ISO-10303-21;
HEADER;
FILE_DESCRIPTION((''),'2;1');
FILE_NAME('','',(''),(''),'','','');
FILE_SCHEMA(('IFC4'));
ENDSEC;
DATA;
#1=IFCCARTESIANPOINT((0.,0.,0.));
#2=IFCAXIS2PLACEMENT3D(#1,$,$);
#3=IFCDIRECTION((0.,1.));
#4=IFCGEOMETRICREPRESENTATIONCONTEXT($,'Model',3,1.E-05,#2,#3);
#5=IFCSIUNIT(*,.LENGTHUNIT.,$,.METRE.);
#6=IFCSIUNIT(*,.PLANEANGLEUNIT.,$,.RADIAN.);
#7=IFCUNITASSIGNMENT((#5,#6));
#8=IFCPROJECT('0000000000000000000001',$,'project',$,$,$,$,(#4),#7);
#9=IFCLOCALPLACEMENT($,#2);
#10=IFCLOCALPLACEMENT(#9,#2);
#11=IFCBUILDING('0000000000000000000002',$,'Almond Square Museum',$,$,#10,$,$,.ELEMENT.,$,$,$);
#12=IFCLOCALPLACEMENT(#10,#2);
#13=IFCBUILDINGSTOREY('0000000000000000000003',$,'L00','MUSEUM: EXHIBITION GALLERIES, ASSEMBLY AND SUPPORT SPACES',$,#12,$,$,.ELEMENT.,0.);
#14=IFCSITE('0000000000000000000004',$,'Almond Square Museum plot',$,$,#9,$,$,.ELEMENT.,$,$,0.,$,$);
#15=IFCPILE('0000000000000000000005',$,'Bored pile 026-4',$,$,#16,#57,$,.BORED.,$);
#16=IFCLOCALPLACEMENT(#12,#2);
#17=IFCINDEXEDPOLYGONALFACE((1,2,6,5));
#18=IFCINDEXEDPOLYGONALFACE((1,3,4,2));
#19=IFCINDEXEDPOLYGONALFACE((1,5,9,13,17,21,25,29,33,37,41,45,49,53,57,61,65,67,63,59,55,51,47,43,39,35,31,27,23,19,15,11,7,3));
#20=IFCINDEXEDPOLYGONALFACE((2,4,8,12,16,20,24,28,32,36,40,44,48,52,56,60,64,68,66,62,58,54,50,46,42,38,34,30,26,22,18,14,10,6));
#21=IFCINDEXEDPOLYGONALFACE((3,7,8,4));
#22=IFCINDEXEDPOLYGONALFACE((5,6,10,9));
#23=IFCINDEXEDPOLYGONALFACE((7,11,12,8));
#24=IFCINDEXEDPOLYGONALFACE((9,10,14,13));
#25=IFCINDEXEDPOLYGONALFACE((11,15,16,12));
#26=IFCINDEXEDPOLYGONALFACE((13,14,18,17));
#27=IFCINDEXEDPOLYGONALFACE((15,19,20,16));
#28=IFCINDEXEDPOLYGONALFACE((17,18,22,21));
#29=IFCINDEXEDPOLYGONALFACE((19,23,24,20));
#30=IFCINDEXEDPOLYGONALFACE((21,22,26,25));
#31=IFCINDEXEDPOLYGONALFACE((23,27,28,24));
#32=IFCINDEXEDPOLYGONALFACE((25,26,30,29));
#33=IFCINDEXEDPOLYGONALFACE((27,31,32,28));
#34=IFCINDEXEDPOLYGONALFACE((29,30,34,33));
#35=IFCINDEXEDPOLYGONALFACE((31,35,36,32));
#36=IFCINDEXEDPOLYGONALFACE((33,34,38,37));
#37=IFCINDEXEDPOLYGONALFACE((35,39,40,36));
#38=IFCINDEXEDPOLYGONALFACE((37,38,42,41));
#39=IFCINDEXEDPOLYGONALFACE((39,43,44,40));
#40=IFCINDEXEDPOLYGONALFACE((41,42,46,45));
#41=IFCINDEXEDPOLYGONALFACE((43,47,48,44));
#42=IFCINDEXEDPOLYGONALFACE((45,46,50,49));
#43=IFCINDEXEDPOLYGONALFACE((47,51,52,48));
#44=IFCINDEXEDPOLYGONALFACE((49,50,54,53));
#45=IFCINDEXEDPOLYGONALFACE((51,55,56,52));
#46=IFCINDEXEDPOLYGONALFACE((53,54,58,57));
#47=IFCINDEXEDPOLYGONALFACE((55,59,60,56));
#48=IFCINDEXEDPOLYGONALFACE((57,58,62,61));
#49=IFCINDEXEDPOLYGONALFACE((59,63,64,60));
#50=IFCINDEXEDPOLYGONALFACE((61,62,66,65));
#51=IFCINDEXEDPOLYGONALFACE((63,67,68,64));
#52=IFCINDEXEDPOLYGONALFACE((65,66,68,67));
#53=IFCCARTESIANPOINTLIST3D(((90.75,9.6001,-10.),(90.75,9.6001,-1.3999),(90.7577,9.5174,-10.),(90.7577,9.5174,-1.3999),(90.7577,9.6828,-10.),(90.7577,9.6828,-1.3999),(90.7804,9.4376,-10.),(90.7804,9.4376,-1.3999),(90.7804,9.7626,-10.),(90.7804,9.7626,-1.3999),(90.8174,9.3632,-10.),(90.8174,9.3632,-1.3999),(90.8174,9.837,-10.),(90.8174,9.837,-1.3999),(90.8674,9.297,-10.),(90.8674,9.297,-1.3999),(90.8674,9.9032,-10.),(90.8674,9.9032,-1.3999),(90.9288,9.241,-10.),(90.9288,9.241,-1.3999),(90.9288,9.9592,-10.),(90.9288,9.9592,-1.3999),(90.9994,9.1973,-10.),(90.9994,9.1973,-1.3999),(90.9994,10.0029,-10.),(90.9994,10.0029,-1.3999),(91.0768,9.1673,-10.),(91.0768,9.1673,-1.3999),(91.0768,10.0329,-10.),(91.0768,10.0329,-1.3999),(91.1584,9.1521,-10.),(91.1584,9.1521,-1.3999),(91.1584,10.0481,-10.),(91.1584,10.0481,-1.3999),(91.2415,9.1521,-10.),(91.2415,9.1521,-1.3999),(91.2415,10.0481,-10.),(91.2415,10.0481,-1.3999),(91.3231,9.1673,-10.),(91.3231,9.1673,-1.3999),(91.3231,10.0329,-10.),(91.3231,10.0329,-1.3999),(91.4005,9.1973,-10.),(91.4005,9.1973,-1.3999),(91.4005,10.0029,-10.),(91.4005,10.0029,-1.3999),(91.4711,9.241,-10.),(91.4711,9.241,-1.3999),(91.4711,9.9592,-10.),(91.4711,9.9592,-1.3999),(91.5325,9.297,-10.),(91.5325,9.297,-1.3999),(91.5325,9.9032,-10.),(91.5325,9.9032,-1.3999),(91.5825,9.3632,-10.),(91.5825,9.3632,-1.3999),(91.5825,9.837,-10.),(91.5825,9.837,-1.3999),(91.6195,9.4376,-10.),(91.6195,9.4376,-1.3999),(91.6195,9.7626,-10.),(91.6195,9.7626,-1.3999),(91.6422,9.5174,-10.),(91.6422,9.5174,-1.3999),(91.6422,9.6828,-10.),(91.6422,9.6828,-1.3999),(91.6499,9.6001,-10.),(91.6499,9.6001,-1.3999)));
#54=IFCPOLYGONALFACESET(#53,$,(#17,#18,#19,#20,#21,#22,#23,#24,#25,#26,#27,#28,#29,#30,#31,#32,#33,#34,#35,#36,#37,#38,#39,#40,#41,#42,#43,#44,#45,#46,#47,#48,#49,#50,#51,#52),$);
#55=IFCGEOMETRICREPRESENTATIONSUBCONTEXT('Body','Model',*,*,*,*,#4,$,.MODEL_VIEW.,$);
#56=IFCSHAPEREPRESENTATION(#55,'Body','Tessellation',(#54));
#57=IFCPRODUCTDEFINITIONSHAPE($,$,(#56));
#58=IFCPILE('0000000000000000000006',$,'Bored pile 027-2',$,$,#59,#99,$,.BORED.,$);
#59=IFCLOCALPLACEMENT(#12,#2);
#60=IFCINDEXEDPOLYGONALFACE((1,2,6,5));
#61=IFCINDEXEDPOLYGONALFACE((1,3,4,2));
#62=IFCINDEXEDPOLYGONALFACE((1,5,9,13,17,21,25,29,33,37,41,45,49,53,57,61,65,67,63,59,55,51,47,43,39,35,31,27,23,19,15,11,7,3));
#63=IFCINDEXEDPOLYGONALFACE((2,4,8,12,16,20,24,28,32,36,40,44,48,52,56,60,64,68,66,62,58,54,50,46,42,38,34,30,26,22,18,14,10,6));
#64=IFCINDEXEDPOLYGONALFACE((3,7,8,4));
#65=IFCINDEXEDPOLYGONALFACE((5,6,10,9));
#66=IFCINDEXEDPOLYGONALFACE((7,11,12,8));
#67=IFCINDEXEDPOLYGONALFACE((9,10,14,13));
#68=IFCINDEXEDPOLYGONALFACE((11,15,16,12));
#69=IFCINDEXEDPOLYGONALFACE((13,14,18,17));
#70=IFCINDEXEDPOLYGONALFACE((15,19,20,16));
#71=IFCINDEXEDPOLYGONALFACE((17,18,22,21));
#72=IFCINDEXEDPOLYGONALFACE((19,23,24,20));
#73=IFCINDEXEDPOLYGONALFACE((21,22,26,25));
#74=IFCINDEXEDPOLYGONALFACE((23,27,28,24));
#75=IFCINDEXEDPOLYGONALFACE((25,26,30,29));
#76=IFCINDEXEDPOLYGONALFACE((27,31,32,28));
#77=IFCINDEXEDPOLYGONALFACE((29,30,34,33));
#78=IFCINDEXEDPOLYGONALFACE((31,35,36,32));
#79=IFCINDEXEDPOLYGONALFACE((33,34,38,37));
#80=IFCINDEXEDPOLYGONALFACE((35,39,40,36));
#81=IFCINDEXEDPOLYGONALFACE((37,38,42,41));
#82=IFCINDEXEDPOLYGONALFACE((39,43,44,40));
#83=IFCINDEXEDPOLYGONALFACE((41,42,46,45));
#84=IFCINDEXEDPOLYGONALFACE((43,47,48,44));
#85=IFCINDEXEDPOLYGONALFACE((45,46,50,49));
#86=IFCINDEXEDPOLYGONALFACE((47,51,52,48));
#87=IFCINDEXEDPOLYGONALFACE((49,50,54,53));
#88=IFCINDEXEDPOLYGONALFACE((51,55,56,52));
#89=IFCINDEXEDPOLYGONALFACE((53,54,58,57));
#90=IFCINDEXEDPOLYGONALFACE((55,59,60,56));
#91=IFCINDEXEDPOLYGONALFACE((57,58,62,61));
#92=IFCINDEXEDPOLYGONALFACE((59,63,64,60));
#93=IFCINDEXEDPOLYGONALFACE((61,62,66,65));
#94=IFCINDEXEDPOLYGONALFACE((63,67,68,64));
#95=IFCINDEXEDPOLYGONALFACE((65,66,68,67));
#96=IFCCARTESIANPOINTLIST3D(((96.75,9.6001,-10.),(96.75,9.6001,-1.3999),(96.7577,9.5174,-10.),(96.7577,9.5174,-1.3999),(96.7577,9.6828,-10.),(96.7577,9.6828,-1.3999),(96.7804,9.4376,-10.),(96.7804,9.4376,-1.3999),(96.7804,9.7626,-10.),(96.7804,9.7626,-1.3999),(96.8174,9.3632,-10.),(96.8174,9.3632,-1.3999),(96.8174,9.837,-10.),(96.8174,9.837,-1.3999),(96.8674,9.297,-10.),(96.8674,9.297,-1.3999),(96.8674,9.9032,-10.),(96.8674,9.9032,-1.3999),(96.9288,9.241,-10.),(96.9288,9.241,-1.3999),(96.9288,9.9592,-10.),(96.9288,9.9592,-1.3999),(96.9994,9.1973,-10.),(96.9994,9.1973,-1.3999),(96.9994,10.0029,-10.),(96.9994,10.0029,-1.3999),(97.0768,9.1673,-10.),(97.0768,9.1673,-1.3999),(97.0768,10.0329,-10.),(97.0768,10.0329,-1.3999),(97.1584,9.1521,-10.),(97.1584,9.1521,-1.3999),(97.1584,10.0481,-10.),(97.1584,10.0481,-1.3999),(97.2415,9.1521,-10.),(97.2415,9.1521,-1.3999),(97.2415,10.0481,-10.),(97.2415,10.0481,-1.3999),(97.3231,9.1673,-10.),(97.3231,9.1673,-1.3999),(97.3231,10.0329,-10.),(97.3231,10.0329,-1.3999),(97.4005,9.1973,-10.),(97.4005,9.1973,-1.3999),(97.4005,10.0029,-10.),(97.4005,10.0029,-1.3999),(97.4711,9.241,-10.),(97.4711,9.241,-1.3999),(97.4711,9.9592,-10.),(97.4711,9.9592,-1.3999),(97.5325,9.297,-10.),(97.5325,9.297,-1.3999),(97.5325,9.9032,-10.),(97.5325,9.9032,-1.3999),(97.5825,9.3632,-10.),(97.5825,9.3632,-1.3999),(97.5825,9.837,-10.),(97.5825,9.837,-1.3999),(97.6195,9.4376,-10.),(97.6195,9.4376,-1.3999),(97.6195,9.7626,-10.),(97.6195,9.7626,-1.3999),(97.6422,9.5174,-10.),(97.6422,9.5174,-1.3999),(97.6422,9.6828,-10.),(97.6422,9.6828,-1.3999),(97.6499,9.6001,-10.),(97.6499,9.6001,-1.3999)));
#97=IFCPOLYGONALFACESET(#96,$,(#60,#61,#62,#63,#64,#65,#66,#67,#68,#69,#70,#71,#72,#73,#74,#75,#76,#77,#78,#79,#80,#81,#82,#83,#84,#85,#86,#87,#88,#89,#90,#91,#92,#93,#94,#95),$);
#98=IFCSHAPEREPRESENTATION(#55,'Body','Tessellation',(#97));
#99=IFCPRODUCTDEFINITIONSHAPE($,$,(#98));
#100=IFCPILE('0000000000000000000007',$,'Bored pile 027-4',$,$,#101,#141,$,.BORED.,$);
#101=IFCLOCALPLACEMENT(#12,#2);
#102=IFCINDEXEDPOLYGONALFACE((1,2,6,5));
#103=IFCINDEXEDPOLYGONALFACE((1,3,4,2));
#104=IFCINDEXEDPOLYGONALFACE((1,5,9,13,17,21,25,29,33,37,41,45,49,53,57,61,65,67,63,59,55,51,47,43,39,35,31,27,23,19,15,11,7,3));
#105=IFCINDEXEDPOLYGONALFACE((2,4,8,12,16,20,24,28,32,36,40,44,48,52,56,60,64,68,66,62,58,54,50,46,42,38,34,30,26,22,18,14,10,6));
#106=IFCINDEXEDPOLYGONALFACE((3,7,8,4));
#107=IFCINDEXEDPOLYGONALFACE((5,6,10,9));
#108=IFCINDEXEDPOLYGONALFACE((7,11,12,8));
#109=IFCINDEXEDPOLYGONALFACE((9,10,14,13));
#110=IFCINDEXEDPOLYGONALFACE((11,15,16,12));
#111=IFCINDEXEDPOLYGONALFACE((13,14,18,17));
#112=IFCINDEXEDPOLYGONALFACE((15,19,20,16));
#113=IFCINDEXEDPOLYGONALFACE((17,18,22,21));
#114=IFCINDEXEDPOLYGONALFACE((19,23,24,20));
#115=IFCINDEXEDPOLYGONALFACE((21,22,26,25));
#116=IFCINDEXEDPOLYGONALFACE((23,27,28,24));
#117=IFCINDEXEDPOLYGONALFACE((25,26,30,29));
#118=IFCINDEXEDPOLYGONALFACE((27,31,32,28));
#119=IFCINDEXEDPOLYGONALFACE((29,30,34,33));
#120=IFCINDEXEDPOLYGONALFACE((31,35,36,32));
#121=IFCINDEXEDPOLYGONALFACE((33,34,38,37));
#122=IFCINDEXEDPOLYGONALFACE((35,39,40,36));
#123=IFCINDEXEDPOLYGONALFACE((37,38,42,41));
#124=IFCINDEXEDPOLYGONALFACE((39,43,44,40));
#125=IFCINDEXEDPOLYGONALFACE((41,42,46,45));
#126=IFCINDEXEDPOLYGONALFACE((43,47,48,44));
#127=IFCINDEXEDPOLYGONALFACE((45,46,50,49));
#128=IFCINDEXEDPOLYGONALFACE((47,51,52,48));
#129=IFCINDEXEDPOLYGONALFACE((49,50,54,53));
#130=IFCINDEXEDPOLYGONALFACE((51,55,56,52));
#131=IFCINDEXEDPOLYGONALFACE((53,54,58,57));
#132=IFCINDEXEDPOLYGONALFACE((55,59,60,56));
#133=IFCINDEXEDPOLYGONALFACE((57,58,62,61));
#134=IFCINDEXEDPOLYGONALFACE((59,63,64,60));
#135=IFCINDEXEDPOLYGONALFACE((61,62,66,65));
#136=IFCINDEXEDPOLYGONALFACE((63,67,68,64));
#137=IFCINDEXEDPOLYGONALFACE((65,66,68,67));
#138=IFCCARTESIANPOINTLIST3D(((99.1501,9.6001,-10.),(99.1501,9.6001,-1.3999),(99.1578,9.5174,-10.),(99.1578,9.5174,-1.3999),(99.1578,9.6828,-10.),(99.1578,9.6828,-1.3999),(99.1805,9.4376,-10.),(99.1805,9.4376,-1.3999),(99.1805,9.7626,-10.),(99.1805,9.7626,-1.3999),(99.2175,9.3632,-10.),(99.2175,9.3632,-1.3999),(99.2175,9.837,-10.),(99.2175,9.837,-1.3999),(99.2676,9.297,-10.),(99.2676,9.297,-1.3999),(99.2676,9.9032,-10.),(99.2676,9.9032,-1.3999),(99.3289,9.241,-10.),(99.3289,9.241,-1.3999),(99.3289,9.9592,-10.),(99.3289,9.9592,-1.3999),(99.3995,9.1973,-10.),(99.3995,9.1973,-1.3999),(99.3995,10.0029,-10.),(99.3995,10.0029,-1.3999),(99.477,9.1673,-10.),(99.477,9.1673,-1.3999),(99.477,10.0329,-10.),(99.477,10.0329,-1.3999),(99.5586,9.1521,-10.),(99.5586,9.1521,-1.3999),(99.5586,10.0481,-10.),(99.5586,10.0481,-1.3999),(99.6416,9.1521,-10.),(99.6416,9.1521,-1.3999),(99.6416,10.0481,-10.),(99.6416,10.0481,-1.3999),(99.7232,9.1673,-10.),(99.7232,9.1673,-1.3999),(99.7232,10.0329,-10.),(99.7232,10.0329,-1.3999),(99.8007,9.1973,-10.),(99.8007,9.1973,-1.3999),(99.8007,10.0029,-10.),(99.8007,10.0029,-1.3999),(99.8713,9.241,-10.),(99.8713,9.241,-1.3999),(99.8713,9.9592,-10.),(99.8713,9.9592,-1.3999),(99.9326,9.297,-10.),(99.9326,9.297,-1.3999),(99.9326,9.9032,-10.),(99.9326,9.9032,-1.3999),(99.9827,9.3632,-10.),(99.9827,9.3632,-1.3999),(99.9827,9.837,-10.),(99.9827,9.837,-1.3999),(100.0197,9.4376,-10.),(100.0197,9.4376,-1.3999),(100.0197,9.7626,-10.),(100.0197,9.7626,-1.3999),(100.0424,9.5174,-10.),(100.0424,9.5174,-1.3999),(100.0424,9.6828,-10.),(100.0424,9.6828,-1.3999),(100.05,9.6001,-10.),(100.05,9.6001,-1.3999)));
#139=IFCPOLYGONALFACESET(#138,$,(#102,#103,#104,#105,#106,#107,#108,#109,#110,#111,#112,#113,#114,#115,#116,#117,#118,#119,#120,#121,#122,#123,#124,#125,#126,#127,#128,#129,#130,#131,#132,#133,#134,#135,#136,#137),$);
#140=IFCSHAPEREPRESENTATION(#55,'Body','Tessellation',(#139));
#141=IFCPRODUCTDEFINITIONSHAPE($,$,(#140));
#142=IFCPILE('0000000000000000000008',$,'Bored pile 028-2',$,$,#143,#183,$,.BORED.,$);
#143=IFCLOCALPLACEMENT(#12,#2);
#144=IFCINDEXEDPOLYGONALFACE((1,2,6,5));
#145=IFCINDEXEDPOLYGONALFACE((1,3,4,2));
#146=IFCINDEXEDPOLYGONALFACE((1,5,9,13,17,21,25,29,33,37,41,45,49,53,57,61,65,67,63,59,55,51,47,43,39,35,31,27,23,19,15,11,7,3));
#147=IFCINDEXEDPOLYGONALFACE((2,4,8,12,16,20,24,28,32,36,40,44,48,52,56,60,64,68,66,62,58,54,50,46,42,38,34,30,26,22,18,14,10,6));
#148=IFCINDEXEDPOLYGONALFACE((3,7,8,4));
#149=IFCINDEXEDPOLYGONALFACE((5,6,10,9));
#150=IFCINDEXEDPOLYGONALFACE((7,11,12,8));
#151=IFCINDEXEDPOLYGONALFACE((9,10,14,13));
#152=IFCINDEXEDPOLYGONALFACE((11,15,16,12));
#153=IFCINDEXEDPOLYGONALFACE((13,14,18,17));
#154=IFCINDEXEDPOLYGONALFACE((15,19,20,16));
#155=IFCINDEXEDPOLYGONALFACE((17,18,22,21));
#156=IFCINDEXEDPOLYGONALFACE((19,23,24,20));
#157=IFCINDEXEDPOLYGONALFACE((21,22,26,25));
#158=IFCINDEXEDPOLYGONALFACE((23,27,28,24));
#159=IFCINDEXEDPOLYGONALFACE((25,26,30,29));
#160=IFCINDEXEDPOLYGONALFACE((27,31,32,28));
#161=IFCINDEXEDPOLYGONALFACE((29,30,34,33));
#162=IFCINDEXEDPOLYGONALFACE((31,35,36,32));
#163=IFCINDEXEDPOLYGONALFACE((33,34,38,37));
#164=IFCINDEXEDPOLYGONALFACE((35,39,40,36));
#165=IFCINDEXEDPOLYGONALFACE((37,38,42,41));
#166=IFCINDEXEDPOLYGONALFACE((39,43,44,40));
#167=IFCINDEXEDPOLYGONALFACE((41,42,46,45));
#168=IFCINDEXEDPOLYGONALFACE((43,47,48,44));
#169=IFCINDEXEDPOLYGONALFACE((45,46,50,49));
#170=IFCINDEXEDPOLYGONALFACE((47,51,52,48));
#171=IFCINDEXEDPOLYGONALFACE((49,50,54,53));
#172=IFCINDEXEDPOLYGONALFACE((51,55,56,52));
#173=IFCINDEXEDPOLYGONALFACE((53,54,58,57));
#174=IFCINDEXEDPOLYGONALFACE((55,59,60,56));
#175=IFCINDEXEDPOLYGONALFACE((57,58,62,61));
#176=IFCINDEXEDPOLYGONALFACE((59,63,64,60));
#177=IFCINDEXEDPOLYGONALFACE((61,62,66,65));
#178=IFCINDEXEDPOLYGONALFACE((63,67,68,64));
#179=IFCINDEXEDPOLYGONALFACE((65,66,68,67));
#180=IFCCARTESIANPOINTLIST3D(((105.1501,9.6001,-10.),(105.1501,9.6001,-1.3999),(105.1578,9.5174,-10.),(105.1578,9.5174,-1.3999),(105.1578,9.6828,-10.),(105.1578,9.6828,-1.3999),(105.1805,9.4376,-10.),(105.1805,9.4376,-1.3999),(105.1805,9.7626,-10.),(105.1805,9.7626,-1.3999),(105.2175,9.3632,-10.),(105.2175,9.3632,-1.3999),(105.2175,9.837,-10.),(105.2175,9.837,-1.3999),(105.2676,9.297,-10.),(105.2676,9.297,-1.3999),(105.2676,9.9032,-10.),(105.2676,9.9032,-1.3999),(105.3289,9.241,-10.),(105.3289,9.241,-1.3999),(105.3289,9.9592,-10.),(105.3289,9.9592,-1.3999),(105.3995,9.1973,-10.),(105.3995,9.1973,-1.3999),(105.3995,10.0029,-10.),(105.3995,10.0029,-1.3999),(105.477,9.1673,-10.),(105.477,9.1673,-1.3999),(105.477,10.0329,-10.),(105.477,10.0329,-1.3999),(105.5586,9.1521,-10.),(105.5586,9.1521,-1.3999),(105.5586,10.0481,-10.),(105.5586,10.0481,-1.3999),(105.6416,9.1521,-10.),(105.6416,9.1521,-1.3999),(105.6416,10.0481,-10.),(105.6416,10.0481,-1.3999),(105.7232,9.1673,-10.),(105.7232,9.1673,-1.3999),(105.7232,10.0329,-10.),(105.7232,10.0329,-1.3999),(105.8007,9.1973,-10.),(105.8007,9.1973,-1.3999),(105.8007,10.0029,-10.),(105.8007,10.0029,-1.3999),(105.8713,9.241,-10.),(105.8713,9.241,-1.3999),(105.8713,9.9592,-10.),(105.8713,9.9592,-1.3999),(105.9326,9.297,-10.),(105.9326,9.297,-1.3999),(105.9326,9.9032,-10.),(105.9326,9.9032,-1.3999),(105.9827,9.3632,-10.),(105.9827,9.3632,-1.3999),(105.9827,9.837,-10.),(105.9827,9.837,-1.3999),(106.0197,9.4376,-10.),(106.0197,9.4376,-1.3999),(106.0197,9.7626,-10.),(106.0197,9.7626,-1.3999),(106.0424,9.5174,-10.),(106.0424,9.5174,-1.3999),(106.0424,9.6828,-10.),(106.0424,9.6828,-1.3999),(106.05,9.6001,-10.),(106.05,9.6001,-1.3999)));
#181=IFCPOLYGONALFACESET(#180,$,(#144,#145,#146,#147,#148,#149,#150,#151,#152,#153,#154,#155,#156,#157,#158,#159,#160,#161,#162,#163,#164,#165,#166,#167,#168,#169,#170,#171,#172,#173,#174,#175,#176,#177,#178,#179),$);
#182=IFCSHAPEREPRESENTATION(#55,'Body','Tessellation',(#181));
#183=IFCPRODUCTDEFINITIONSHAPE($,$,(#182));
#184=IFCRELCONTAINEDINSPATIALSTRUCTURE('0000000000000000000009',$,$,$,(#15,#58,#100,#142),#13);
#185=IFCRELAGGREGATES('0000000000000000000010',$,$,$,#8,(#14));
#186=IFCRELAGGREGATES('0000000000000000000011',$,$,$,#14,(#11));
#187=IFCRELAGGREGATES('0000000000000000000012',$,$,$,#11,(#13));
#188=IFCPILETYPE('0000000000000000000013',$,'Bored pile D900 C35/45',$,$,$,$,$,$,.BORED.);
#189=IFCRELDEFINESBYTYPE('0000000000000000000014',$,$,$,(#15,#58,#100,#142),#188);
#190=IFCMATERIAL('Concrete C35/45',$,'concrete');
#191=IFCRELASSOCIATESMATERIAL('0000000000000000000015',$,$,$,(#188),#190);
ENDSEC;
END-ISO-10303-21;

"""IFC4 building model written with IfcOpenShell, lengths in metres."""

from ifc_helpers import new_model, si_unit, direction, frame, origin, origin_2d, place, context, subcontext, project, spatial, circle, extrude, material, material_profile, profile_set, type_object, element, save


model = new_model("IFC4")

# Units and contexts
model_context = context("Model", 3, precision=1e-05, world=origin(), true_north=direction((0.0, 1.0)))
body_context = subcontext(model_context, "Body", "Model", "MODEL_VIEW")
ifc_project = project(units=[si_unit("LENGTHUNIT", "METRE"), si_unit("PLANEANGLEUNIT", "RADIAN")], contexts=[model_context])

# Site, building, storey
site_placement = place(None, origin())
site = spatial("IfcSite", under=ifc_project, at=site_placement, Name="Almond Square Museum plot", CompositionType="ELEMENT", RefElevation=0.0)
building_placement = place(site_placement, origin())
building = spatial("IfcBuilding", under=site, at=building_placement, Name="Almond Square Museum", CompositionType="ELEMENT")
storey_placement = place(building_placement, origin())
storey = spatial("IfcBuildingStorey", under=building, at=storey_placement, Name="L00", Description="MUSEUM: EXHIBITION GALLERIES, ASSEMBLY AND SUPPORT SPACES", CompositionType="ELEMENT", Elevation=0.0)

# Piles
ifc_material_1 = material(Name="Concrete C35/45", Category="concrete")
ifc_material_profile_1 = material_profile(ifc_material_1, circle(Radius=0.45, at=origin_2d()))
ifc_profile_set_1 = profile_set([ifc_material_profile_1], Name="Concrete C35/45")
pile_type = type_object("IfcPileType", Name="Bored pile D900 C35/45", PredefinedType="BORED", material=ifc_profile_set_1)
for number, where, z_axis, x_axis, name in (
    (1, (91.2, 9.6001, -1.3999), (0.0, 0.0, -1.0), (1.0, 0.0, 0.0), "Bored pile 026-4"),
    (2, (97.2, 9.6001, -1.3999), (0.0, 0.0, -1.0), (1.0, 0.0, 0.0), "Bored pile 027-2"),
    (3, (99.6001, 9.6001, -1.3999), (0.0, 0.0, -1.0), (1.0, 0.0, 0.0), "Bored pile 027-4"),
    (4, (105.6001, 9.6001, -1.3999), (0.0, 0.0, -1.0), (1.0, 0.0, 0.0), "Bored pile 028-2"),
):
    element("IfcPile", number, at=place(storey_placement, frame(where, z_axis=z_axis, x_axis=x_axis)), inside=storey, type_object=pile_type, Name=name, PredefinedType="BORED", context=body_context, shape_type="SweptSolid", body=[
        extrude(circle(Radius=0.45, at=origin_2d()), origin(), (0.0, 0.0, 1.0), 8.6001),
    ])

save(model, "model.ifc")
